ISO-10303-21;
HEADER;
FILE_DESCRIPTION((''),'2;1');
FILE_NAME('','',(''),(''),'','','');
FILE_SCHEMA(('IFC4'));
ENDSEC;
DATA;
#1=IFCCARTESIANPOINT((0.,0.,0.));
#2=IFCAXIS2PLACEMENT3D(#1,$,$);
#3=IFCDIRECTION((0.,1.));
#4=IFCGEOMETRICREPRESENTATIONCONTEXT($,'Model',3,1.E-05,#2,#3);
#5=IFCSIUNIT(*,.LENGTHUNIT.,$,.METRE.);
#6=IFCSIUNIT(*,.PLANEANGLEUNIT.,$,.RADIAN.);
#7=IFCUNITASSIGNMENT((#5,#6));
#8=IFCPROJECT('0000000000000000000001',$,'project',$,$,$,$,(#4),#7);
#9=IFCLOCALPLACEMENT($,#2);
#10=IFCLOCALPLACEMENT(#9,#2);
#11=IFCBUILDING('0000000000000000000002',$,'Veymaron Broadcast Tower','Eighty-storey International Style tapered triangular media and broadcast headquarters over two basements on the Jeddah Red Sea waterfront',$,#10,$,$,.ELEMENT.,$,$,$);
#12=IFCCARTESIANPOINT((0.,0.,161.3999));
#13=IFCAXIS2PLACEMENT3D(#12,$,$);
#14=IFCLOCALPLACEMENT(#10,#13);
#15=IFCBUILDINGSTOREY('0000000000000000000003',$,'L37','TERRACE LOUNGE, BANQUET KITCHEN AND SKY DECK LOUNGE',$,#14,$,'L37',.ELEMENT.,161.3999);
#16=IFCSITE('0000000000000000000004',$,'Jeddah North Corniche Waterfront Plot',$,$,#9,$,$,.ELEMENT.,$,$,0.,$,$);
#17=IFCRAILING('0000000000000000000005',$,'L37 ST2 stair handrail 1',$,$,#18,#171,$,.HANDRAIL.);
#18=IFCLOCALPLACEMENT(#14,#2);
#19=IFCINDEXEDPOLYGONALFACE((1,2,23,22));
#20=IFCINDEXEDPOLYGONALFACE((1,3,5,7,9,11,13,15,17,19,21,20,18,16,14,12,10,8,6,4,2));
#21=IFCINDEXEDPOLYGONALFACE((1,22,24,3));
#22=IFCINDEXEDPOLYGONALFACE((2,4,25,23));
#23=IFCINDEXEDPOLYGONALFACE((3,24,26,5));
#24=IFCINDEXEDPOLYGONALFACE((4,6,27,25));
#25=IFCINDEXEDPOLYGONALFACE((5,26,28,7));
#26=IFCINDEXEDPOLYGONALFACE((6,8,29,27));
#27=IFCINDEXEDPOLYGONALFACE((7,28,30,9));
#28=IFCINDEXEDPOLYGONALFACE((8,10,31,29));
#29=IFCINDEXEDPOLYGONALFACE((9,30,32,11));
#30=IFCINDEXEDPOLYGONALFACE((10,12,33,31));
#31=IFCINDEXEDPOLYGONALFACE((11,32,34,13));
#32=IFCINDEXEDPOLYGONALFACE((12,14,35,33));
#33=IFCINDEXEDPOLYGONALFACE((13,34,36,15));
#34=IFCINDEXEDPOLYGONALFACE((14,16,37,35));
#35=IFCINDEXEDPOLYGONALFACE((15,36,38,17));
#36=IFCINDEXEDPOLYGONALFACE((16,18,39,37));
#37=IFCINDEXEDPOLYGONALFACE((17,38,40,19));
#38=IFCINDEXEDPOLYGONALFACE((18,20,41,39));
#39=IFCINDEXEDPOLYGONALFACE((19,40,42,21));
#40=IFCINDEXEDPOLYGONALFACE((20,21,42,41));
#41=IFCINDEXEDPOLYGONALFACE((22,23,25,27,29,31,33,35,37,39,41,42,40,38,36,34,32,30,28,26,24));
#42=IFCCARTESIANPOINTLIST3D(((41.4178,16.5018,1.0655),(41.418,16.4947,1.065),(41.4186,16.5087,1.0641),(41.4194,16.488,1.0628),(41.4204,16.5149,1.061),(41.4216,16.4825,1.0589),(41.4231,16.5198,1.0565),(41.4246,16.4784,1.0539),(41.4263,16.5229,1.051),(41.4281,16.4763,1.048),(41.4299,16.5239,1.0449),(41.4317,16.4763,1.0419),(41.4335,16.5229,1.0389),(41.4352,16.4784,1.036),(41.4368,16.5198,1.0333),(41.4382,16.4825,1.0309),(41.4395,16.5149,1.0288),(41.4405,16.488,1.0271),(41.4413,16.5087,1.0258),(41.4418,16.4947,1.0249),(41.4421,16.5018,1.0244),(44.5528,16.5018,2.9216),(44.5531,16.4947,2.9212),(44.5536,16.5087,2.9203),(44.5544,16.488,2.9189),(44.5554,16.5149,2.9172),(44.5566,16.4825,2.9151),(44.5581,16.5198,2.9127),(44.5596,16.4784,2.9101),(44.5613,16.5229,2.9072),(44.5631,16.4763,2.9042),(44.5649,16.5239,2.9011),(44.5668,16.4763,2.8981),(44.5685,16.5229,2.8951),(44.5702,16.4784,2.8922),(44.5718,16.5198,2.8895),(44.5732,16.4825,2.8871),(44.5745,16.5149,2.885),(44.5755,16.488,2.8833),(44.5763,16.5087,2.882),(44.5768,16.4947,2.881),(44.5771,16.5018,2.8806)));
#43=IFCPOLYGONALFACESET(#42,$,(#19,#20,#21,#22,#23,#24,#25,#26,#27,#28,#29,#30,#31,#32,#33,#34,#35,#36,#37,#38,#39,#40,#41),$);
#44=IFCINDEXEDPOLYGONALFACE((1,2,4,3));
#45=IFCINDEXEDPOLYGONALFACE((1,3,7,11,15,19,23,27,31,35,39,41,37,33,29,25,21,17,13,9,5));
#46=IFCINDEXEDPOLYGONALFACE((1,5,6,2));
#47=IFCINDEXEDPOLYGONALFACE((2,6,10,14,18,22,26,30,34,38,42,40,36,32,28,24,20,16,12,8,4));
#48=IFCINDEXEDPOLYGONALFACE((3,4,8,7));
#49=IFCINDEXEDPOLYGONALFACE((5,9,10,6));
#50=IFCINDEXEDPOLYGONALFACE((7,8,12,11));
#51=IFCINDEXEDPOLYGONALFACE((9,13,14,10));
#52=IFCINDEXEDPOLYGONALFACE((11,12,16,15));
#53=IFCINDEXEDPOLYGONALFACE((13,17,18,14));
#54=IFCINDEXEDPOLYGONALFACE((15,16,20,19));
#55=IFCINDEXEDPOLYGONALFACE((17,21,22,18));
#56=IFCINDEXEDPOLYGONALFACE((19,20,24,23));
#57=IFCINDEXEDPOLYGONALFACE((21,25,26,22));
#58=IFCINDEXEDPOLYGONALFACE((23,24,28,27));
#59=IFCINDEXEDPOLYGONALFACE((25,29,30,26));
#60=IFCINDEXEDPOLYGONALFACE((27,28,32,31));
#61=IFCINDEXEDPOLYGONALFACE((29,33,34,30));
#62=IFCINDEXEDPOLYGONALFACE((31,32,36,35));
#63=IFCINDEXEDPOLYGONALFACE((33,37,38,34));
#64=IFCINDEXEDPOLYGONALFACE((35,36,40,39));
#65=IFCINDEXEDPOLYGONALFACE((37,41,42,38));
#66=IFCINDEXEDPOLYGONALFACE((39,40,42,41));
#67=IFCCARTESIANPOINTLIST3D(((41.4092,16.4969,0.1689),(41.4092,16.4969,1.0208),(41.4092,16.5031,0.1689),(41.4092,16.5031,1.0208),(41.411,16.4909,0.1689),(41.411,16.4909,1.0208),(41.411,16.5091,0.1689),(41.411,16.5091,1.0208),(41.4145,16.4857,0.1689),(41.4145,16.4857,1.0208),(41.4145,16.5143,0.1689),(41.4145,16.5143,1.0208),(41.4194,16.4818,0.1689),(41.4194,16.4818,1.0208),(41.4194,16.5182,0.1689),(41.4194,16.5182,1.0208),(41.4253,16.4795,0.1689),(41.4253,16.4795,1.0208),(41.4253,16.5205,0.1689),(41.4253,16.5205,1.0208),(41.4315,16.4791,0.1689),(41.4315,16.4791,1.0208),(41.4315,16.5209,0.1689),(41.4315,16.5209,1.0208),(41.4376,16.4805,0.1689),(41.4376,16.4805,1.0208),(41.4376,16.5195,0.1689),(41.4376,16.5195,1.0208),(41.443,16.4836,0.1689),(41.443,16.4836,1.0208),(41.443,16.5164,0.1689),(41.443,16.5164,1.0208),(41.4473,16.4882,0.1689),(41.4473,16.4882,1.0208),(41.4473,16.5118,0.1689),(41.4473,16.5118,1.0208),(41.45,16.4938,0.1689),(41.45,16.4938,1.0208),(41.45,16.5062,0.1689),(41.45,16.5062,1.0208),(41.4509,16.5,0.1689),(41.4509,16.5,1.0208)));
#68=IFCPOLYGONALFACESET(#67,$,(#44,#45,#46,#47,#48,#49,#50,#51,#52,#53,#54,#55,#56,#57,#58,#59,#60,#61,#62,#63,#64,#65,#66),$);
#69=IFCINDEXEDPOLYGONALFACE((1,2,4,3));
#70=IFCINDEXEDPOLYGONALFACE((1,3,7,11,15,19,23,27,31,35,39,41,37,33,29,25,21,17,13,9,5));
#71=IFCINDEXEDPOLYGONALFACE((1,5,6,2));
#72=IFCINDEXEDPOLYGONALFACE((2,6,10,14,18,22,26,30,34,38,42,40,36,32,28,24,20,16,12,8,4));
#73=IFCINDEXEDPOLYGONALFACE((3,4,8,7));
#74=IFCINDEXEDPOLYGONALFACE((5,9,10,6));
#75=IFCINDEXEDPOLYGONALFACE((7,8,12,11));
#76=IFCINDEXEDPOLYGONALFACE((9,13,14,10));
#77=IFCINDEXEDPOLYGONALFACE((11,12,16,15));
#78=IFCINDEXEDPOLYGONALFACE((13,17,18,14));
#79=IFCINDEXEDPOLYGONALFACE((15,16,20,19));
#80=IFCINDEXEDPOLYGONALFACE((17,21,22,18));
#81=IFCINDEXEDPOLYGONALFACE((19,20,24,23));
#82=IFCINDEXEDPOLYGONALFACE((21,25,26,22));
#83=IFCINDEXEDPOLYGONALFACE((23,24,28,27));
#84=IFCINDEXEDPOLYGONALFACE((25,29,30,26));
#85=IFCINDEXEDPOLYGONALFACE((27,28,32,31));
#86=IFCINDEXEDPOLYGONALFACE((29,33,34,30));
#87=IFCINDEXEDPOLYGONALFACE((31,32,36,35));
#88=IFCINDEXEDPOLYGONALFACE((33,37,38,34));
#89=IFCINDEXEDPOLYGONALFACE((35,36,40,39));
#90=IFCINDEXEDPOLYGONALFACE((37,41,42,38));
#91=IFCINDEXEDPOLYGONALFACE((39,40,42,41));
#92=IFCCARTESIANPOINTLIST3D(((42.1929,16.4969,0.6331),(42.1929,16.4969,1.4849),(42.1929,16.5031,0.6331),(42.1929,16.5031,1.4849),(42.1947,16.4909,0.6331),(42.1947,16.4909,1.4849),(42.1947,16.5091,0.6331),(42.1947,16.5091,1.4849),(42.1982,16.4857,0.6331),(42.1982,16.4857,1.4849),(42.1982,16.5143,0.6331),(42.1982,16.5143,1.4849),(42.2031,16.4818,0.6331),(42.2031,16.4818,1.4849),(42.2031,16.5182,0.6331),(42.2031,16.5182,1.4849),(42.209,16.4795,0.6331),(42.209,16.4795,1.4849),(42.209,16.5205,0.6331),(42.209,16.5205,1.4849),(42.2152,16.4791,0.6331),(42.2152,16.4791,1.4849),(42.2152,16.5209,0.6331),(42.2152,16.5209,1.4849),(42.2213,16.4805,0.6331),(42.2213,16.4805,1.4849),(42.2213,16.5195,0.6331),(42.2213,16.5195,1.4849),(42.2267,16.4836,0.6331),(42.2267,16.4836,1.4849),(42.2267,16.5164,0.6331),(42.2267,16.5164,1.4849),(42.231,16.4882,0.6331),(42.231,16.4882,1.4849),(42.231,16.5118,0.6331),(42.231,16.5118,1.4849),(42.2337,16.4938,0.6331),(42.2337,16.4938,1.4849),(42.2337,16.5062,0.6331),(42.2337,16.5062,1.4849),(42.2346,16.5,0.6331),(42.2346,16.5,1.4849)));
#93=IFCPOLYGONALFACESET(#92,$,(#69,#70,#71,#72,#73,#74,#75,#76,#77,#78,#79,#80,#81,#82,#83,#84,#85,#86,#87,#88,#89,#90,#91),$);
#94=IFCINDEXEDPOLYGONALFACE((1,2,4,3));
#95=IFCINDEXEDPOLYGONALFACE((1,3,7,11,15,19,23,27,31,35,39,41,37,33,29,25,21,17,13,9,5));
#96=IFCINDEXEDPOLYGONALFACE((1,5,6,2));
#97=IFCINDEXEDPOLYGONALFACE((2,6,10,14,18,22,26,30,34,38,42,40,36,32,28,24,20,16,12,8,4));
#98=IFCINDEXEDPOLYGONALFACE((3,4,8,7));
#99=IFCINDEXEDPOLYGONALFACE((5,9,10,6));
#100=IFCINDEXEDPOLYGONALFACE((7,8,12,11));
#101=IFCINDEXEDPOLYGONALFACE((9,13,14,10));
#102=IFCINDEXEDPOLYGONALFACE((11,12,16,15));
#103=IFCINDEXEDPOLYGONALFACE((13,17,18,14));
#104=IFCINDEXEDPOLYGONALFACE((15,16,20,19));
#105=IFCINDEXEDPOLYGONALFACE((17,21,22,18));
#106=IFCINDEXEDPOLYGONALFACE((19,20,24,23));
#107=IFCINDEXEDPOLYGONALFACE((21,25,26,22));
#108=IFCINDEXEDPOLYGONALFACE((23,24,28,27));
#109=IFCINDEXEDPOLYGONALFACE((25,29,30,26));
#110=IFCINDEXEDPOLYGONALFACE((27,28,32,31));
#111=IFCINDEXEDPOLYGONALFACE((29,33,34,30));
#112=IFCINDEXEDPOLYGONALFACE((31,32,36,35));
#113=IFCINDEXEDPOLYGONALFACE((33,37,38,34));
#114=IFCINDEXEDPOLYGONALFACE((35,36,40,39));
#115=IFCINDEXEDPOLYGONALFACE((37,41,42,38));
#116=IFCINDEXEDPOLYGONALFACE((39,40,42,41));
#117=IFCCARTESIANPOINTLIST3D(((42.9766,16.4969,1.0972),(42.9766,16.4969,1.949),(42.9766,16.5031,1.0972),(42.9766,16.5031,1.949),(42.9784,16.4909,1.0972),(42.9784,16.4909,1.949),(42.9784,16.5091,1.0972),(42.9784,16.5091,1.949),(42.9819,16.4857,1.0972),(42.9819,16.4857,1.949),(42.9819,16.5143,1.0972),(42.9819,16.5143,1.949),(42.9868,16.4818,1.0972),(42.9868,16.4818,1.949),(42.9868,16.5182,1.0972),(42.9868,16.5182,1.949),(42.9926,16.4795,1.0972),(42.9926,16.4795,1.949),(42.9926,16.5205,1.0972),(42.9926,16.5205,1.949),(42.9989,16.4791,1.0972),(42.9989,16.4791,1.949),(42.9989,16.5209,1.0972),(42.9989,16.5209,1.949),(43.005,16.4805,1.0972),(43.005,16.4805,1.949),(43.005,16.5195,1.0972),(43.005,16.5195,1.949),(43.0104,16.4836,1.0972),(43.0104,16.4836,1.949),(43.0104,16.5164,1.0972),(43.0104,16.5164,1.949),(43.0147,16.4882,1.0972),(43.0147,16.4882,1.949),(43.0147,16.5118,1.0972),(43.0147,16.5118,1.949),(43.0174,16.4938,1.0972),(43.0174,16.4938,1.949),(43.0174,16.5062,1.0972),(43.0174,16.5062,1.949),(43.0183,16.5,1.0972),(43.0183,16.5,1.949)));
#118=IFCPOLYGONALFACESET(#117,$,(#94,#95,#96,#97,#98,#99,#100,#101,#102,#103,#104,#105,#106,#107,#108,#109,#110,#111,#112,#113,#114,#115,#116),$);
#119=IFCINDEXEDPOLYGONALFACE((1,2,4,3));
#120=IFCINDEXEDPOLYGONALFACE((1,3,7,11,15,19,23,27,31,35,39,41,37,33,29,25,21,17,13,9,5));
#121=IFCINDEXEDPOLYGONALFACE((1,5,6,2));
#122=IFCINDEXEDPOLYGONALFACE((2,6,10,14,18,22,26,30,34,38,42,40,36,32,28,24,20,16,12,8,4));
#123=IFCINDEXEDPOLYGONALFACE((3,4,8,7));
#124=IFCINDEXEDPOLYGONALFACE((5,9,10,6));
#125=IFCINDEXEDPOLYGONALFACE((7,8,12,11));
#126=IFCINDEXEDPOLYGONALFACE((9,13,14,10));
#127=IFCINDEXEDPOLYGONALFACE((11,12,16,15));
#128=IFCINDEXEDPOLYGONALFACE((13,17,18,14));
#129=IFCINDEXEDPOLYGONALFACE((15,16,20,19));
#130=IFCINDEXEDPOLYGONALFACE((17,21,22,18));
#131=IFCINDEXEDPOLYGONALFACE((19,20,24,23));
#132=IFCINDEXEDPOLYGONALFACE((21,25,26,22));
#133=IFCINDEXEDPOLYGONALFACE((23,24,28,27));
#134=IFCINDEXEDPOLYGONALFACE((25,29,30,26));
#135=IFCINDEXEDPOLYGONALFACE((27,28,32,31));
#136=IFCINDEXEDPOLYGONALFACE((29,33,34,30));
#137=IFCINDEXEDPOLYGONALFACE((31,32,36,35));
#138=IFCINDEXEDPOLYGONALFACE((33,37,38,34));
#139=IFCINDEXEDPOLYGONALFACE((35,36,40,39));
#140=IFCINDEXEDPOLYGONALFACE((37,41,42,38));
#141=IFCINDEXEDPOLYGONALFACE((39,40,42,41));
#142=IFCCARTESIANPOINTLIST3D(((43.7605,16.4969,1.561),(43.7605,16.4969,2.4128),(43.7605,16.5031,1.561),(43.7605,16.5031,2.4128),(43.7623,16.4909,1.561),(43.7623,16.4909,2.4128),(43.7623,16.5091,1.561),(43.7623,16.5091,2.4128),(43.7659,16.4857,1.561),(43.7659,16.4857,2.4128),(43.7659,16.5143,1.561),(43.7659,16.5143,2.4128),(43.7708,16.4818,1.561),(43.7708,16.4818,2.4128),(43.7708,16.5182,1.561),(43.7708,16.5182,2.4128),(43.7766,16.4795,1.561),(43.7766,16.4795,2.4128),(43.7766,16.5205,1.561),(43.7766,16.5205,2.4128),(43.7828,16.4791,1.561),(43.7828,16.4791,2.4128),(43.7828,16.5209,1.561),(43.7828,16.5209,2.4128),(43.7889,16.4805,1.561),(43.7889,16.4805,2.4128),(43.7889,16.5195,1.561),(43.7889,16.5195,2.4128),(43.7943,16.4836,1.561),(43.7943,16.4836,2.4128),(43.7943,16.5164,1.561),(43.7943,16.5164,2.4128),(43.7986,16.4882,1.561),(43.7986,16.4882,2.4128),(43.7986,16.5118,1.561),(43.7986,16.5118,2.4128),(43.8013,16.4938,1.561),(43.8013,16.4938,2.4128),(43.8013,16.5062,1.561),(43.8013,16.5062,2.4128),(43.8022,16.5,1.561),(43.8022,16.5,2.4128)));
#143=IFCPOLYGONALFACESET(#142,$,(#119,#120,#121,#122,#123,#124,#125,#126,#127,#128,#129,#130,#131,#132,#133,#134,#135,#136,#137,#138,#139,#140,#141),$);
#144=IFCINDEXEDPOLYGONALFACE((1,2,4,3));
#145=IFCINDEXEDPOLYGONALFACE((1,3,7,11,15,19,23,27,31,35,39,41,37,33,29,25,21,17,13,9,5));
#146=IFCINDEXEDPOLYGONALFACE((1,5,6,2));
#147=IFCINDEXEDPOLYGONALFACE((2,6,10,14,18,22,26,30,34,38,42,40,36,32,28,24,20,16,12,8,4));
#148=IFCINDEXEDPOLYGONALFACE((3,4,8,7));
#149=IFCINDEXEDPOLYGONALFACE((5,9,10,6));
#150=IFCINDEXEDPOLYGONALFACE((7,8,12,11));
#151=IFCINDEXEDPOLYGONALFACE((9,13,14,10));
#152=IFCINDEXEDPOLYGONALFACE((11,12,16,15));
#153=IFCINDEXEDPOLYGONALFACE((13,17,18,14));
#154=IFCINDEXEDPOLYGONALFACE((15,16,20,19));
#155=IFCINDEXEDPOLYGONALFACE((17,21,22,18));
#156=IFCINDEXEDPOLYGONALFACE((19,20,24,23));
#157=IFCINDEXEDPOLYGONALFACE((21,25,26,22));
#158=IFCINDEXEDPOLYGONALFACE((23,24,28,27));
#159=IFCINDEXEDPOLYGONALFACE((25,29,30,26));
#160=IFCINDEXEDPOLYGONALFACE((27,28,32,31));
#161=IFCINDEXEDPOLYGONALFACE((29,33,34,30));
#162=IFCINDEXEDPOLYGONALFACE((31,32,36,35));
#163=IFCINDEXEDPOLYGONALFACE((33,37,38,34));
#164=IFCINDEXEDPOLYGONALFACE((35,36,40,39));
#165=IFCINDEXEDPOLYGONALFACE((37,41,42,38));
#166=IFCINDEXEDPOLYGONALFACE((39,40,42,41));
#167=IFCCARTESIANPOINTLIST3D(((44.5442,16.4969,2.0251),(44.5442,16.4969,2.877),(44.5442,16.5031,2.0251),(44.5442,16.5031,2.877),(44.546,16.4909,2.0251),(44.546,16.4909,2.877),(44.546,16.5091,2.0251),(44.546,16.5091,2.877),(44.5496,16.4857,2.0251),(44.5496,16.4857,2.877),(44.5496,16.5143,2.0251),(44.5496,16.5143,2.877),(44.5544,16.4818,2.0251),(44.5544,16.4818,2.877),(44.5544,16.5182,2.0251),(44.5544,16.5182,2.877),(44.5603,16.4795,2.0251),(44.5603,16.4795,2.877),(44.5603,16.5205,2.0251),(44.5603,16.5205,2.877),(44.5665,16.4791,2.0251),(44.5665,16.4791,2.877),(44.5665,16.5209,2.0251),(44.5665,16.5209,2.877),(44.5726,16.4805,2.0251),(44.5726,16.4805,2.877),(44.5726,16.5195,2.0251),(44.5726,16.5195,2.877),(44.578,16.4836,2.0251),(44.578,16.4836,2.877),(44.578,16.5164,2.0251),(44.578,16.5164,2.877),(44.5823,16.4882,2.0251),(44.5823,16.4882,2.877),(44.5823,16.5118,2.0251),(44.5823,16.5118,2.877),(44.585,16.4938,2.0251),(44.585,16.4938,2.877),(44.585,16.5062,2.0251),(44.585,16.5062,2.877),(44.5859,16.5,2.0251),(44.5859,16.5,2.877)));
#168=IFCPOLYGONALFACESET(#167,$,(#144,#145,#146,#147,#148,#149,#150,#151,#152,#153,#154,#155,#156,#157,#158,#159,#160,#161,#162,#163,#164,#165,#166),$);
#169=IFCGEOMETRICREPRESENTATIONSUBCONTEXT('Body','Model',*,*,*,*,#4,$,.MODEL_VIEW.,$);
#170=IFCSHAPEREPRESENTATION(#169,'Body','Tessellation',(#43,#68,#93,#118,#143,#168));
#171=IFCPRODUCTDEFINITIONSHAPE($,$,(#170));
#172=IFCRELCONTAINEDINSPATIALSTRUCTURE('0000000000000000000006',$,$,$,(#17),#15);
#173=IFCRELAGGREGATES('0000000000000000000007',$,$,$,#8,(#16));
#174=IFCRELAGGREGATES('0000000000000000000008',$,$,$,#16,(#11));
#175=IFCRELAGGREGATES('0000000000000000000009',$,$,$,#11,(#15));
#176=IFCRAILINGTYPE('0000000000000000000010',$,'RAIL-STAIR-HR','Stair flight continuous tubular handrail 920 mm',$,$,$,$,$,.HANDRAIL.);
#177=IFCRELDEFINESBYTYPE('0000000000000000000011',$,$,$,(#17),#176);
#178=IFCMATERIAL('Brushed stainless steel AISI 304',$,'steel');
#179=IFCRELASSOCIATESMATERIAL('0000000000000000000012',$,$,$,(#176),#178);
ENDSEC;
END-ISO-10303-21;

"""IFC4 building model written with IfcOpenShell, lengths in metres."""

from ifc_helpers import new_model, si_unit, direction, frame, origin, origin_2d, place, context, subcontext, project, spatial, circle, extrude, material, type_object, element, save


model = new_model("IFC4")

# Units and contexts
model_context = context("Model", 3, precision=1e-05, world=origin(), true_north=direction((0.0, 1.0)))
body_context = subcontext(model_context, "Body", "Model", "MODEL_VIEW")
ifc_project = project(units=[si_unit("LENGTHUNIT", "METRE"), si_unit("PLANEANGLEUNIT", "RADIAN")], contexts=[model_context])

# Site, building, storey
site_placement = place(None, origin())
site = spatial("IfcSite", under=ifc_project, at=site_placement, Name="Jeddah North Corniche Waterfront Plot", CompositionType="ELEMENT", RefElevation=0.0)
building_placement = place(site_placement, origin())
building = spatial("IfcBuilding", under=site, at=building_placement, Name="Veymaron Broadcast Tower", Description="Eighty-storey International Style tapered triangular media and broadcast headquarters over two basements on the Jeddah Red Sea waterfront", CompositionType="ELEMENT")
storey_placement = place(building_placement, frame((0.0, 0.0, 161.3999)))
storey = spatial("IfcBuildingStorey", under=building, at=storey_placement, Name="L37", Description="TERRACE LOUNGE, BANQUET KITCHEN AND SKY DECK LOUNGE", LongName="L37", CompositionType="ELEMENT", Elevation=161.3999)

# Shared definitions
ifc_material_1 = material(Name="Brushed stainless steel AISI 304", Category="steel")

# Railing
railing_type_1 = type_object("IfcRailingType", Name="RAIL-STAIR-HR", Description="Stair flight continuous tubular handrail 920 mm", PredefinedType="HANDRAIL", material=ifc_material_1)
railing_1_placement = place(storey_placement, frame((41.4299, 16.5, 0.1689)))
element("IfcRailing", 1, at=railing_1_placement, inside=storey, type_object=railing_type_1, Name="L37 ST2 stair handrail 1", PredefinedType="HANDRAIL", context=body_context, shape_type="SweptSolid", body=[
    extrude(circle(Radius=0.0239, at=origin_2d()), frame((0.0, 0.0, 0.876), z_axis=(0.860482, 0.0, 0.509481), x_axis=(0.0, 1.0, 0.0)), (0.0, 0.0, 1.0), 3.6433),
    extrude(circle(Radius=0.021, at=origin_2d()), origin(), (0.0, 0.0, 1.0), 0.8518),
    extrude(circle(Radius=0.021, at=origin_2d()), frame((0.7837, 0.0, 0.4641)), (0.0, 0.0, 1.0), 0.8518),
    extrude(circle(Radius=0.021, at=origin_2d()), frame((1.5674, 0.0, 0.9282)), (0.0, 0.0, 1.0), 0.8518),
    extrude(circle(Radius=0.021, at=origin_2d()), frame((2.3513, 0.0, 1.3921)), (0.0, 0.0, 1.0), 0.8518),
    extrude(circle(Radius=0.021, at=origin_2d()), frame((3.135, 0.0, 1.8562)), (0.0, 0.0, 1.0), 0.8518),
])

save(model, "model.ifc")
